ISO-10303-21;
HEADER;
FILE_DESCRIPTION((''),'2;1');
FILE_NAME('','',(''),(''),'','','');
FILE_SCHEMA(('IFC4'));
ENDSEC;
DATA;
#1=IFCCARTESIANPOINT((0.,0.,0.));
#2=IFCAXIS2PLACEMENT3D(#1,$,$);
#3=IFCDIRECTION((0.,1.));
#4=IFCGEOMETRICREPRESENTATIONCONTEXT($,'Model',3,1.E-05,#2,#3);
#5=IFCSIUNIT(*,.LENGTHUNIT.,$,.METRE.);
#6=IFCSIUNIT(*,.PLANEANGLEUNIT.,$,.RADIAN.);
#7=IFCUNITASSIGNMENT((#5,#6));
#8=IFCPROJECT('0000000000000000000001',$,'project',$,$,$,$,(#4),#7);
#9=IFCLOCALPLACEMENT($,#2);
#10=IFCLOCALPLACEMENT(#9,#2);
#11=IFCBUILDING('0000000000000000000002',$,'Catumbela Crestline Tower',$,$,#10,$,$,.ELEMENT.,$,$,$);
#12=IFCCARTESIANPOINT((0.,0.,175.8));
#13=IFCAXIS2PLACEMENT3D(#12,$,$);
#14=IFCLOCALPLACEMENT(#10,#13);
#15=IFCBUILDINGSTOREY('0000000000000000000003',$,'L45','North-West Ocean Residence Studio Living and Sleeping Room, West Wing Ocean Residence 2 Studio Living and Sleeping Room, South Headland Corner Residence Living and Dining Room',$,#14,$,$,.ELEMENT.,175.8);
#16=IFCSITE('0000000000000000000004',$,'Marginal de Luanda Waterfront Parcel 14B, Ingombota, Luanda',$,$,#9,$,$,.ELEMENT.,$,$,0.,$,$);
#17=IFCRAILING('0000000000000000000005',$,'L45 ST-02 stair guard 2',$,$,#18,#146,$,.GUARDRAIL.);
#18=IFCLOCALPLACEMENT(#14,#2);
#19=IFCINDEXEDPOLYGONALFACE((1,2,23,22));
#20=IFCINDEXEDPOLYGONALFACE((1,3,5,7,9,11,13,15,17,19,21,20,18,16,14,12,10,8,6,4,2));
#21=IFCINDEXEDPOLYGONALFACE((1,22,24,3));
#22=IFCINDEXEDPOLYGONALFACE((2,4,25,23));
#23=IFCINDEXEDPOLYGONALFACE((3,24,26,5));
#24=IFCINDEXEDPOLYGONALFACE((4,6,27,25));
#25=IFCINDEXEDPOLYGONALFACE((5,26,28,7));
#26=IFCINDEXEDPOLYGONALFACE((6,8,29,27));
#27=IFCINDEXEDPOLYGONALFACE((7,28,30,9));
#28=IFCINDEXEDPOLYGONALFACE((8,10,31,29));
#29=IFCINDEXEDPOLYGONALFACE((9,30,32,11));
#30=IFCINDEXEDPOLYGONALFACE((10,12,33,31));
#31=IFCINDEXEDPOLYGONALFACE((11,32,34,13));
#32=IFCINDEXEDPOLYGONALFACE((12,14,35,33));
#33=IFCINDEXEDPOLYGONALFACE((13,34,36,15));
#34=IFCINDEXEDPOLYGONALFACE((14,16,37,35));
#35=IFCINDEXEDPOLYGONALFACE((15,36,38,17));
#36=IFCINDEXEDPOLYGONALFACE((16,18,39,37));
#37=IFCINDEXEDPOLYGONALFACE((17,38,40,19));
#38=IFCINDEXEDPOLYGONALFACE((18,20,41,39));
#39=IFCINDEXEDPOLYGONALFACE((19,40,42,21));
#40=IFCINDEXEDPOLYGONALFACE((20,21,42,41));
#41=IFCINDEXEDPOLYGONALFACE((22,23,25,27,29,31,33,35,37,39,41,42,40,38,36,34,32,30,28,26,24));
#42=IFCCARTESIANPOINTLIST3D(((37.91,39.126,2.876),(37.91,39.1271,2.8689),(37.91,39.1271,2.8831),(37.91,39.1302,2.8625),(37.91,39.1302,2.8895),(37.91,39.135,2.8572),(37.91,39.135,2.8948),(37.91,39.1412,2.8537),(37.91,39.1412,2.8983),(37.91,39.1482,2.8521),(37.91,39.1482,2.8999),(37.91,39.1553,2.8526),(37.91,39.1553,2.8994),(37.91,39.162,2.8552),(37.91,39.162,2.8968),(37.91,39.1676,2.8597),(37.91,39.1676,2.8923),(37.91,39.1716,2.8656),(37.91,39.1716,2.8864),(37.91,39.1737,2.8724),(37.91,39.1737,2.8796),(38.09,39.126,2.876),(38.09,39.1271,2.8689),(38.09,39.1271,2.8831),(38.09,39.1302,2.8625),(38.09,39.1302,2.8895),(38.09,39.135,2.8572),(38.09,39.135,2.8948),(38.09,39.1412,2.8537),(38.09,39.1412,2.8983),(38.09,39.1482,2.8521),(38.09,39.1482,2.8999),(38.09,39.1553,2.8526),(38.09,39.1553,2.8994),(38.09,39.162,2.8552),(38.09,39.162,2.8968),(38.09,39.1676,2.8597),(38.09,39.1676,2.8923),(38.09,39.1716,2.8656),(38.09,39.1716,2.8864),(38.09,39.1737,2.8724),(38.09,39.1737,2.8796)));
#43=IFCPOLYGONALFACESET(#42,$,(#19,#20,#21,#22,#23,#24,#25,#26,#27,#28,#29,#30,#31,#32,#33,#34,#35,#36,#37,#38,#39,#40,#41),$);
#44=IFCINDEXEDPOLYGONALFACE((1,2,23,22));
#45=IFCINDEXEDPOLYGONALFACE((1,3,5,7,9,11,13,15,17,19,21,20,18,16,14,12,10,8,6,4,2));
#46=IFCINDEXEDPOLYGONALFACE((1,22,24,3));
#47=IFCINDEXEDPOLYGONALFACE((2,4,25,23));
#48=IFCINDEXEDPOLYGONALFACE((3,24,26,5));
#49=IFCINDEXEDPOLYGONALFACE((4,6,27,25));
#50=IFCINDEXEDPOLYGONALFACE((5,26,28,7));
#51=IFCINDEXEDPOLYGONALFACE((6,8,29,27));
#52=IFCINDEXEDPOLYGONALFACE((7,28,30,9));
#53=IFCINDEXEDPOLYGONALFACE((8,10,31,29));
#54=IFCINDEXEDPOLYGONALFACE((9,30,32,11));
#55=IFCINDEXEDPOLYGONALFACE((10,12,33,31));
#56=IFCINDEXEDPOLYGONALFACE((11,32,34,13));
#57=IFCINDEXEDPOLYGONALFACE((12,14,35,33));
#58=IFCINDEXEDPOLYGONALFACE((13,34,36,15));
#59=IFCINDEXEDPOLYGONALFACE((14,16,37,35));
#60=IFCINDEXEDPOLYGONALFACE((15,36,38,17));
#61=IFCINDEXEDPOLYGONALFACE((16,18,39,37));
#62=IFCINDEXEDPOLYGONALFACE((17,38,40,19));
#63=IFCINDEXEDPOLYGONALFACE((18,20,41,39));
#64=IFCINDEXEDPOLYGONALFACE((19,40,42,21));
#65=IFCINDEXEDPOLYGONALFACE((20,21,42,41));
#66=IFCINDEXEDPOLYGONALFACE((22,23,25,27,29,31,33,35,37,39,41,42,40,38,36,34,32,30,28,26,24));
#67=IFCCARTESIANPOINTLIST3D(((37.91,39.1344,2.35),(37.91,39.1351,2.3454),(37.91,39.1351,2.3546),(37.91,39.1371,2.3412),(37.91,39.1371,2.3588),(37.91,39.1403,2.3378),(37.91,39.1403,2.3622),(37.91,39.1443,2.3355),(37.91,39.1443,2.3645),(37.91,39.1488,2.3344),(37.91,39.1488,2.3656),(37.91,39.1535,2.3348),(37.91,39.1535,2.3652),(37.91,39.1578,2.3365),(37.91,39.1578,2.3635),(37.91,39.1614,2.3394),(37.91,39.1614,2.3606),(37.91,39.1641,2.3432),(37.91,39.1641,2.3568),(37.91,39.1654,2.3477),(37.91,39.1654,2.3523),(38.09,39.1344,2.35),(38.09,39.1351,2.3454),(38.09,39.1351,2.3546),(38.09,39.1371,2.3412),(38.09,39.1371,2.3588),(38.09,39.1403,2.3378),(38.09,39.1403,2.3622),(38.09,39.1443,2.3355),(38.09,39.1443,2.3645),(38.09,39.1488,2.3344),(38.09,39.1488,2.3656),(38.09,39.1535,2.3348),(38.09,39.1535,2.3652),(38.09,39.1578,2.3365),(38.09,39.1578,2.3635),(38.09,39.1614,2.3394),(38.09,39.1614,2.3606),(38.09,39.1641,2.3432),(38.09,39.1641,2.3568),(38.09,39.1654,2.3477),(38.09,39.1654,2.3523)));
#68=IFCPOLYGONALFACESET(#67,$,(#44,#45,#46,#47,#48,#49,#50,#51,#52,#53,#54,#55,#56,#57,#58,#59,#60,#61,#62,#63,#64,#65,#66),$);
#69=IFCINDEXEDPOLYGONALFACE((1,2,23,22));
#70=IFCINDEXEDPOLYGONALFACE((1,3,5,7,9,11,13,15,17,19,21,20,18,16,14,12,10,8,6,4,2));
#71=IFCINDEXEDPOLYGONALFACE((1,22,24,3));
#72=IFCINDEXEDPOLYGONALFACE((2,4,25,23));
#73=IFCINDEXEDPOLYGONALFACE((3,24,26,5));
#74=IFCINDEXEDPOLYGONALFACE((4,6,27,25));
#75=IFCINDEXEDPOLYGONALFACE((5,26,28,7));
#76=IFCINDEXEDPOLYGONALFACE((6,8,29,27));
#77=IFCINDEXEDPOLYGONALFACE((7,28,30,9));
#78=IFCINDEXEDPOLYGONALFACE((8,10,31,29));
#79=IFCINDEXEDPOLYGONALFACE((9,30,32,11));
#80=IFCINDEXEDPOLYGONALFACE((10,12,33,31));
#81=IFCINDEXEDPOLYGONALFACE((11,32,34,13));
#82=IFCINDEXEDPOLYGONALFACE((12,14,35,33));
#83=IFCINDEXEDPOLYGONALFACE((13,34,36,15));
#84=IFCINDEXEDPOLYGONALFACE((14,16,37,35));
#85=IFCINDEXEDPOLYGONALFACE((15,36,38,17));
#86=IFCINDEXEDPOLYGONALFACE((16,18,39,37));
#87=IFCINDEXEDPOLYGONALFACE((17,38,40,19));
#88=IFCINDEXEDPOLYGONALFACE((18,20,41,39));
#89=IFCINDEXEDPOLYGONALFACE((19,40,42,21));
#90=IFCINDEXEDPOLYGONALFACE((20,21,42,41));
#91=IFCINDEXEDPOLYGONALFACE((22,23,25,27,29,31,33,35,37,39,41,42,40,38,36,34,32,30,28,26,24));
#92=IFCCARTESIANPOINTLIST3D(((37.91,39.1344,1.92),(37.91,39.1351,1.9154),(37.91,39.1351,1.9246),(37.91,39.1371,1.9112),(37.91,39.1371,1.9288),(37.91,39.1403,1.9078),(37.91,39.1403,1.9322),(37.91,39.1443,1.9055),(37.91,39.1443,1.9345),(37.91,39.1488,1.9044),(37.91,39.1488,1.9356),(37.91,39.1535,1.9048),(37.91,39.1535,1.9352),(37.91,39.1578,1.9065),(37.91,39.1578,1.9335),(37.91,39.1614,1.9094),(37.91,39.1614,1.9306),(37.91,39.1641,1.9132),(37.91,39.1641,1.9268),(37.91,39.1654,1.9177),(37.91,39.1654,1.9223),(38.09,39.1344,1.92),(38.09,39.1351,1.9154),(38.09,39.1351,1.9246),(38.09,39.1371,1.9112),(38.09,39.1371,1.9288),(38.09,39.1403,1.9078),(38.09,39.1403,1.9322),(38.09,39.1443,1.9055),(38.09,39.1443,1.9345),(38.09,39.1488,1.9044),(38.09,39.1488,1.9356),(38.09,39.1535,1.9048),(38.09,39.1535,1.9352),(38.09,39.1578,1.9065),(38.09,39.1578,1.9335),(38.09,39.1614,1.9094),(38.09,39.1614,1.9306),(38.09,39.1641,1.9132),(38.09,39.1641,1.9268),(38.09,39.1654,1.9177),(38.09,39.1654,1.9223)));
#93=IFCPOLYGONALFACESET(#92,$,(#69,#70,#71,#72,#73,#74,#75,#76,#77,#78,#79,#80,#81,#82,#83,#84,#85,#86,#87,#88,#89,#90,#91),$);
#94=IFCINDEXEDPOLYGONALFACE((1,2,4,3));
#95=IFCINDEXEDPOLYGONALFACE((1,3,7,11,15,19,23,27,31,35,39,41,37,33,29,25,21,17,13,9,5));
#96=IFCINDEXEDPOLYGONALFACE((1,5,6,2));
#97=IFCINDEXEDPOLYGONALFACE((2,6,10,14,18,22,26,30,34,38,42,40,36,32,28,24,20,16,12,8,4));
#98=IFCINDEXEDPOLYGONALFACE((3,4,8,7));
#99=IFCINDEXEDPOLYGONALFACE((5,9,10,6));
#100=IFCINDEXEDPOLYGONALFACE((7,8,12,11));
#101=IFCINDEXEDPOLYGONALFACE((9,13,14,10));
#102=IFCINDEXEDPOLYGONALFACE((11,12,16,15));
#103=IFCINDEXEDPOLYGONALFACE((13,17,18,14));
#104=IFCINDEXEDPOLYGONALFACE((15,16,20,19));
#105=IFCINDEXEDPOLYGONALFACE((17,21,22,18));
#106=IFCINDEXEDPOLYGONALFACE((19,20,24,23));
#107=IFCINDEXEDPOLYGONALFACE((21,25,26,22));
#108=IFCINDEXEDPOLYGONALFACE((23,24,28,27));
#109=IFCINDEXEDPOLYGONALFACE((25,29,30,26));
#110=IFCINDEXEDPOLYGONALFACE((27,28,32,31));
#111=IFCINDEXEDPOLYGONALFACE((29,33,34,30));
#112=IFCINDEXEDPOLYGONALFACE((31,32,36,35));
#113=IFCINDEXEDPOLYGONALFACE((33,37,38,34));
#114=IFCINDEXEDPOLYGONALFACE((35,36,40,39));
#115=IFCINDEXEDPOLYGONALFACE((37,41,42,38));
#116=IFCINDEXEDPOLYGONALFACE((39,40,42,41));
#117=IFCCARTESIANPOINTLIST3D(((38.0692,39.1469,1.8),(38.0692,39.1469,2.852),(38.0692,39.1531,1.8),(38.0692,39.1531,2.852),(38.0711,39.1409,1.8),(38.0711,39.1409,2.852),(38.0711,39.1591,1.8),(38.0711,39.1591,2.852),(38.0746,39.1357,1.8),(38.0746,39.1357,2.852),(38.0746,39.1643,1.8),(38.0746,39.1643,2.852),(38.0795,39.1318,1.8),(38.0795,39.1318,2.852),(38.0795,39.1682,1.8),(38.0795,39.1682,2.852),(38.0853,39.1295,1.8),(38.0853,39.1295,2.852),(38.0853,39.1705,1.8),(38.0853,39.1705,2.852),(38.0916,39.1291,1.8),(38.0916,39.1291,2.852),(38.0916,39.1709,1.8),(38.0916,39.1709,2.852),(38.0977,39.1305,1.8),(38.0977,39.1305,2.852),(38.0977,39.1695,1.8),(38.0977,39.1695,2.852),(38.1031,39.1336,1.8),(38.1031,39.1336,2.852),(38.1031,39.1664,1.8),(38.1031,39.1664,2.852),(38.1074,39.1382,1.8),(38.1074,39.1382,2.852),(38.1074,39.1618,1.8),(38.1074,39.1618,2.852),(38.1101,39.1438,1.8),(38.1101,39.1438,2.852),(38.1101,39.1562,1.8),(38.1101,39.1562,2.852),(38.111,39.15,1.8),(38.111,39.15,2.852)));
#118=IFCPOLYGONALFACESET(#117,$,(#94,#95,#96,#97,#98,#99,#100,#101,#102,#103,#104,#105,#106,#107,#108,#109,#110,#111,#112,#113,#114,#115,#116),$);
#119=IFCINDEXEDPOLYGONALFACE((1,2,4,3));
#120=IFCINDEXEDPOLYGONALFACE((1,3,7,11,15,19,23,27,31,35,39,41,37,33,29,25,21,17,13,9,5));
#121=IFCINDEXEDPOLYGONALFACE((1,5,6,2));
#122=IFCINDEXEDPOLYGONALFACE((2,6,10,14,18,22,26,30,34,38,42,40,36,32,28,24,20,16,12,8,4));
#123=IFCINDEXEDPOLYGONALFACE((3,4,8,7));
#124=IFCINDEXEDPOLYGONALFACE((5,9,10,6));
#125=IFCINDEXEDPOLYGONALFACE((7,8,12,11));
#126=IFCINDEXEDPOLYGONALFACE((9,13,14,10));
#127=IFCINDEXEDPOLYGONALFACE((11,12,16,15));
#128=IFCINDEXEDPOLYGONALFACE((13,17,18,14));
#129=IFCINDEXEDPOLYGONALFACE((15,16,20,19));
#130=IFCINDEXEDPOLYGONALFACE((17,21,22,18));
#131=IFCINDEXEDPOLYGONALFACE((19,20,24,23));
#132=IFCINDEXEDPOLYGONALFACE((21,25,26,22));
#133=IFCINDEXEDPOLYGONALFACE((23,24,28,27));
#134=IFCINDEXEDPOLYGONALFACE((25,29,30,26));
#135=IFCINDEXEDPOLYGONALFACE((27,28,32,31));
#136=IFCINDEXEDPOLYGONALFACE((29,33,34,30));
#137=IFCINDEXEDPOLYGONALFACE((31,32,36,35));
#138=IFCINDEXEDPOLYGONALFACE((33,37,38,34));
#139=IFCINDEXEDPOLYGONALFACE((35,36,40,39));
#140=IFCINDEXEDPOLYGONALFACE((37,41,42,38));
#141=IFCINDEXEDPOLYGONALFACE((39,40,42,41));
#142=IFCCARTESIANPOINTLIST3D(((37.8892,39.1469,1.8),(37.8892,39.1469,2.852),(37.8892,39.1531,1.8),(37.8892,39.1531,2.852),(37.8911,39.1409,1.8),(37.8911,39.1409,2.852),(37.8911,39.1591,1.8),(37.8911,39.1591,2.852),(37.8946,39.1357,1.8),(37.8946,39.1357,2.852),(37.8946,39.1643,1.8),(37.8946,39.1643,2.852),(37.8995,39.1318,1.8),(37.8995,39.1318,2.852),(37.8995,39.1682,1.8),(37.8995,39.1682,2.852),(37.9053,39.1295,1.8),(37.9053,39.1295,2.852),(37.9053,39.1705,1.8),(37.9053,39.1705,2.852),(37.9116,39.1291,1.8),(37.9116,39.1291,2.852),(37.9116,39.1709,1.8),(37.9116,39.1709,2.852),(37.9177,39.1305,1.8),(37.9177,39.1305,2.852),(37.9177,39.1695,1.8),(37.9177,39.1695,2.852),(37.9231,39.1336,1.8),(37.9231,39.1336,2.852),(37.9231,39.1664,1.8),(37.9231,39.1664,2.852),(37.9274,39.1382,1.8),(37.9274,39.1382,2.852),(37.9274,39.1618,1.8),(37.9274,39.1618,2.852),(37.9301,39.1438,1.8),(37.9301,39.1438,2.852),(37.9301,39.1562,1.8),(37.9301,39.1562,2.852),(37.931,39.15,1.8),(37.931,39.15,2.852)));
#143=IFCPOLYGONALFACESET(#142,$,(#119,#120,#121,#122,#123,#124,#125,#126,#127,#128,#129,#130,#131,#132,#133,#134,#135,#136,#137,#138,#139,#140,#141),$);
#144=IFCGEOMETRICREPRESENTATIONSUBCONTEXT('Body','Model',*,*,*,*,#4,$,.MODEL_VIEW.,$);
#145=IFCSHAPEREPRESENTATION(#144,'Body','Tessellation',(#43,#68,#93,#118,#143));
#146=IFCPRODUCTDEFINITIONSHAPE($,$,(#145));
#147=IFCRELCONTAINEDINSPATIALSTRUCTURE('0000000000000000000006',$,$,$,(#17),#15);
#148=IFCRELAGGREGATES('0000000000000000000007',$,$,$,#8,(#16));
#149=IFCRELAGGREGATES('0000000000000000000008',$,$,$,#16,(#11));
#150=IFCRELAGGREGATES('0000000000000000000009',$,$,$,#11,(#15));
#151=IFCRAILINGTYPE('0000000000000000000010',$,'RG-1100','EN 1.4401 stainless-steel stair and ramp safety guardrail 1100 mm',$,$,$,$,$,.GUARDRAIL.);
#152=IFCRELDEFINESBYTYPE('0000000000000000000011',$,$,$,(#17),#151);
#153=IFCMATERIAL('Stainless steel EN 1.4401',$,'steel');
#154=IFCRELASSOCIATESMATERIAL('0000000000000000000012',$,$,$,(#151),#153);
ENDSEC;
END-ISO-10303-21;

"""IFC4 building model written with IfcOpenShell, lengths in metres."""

from ifc_helpers import new_model, si_unit, direction, frame, origin, origin_2d, place, context, subcontext, project, spatial, circle, extrude, material, type_object, element, save


model = new_model("IFC4")

# Units and contexts
model_context = context("Model", 3, precision=1e-05, world=origin(), true_north=direction((0.0, 1.0)))
body_context = subcontext(model_context, "Body", "Model", "MODEL_VIEW")
ifc_project = project(units=[si_unit("LENGTHUNIT", "METRE"), si_unit("PLANEANGLEUNIT", "RADIAN")], contexts=[model_context])

# Site, building, storey
site_placement = place(None, origin())
site = spatial("IfcSite", under=ifc_project, at=site_placement, Name="Marginal de Luanda Waterfront Parcel 14B, Ingombota, Luanda", CompositionType="ELEMENT", RefElevation=0.0)
building_placement = place(site_placement, origin())
building = spatial("IfcBuilding", under=site, at=building_placement, Name="Catumbela Crestline Tower", CompositionType="ELEMENT")
storey_placement = place(building_placement, frame((0.0, 0.0, 175.8)))
storey = spatial("IfcBuildingStorey", under=building, at=storey_placement, Name="L45", Description="North-West Ocean Residence Studio Living and Sleeping Room, West Wing Ocean Residence 2 Studio Living and Sleeping Room, South Headland Corner Residence Living and Dining Room", CompositionType="ELEMENT", Elevation=175.8)

# Shared definitions
ifc_material_1 = material(Name="Stainless steel EN 1.4401", Category="steel")

# Railing
railing_type_1 = type_object("IfcRailingType", Name="RG-1100", Description="EN 1.4401 stainless-steel stair and ramp safety guardrail 1100 mm", PredefinedType="GUARDRAIL", material=ifc_material_1)
railing_1_placement = place(storey_placement, frame((38.09, 39.15, 1.8)))
element("IfcRailing", 1, at=railing_1_placement, inside=storey, type_object=railing_type_1, Name="L45 ST-02 stair guard 2", PredefinedType="GUARDRAIL", context=body_context, shape_type="SweptSolid", body=[
    extrude(circle(Radius=0.024, at=origin_2d()), frame((0.0, 0.0, 1.076), z_axis=(-1.0, 0.0, 0.0), x_axis=(0.0, -1.0, 0.0)), (0.0, 0.0, 1.0), 0.18),
    extrude(circle(Radius=0.0156, at=origin_2d()), frame((0.0, 0.0, 0.55), z_axis=(-1.0, 0.0, 0.0), x_axis=(0.0, -1.0, 0.0)), (0.0, 0.0, 1.0), 0.18),
    extrude(circle(Radius=0.0156, at=origin_2d()), frame((0.0, 0.0, 0.12), z_axis=(-1.0, 0.0, 0.0), x_axis=(0.0, -1.0, 0.0)), (0.0, 0.0, 1.0), 0.18),
    extrude(circle(Radius=0.021, at=origin_2d()), origin(), (0.0, 0.0, 1.0), 1.052),
    extrude(circle(Radius=0.021, at=origin_2d()), frame((-0.18, 0.0, 0.0)), (0.0, 0.0, 1.0), 1.052),
])

save(model, "model.ifc")
